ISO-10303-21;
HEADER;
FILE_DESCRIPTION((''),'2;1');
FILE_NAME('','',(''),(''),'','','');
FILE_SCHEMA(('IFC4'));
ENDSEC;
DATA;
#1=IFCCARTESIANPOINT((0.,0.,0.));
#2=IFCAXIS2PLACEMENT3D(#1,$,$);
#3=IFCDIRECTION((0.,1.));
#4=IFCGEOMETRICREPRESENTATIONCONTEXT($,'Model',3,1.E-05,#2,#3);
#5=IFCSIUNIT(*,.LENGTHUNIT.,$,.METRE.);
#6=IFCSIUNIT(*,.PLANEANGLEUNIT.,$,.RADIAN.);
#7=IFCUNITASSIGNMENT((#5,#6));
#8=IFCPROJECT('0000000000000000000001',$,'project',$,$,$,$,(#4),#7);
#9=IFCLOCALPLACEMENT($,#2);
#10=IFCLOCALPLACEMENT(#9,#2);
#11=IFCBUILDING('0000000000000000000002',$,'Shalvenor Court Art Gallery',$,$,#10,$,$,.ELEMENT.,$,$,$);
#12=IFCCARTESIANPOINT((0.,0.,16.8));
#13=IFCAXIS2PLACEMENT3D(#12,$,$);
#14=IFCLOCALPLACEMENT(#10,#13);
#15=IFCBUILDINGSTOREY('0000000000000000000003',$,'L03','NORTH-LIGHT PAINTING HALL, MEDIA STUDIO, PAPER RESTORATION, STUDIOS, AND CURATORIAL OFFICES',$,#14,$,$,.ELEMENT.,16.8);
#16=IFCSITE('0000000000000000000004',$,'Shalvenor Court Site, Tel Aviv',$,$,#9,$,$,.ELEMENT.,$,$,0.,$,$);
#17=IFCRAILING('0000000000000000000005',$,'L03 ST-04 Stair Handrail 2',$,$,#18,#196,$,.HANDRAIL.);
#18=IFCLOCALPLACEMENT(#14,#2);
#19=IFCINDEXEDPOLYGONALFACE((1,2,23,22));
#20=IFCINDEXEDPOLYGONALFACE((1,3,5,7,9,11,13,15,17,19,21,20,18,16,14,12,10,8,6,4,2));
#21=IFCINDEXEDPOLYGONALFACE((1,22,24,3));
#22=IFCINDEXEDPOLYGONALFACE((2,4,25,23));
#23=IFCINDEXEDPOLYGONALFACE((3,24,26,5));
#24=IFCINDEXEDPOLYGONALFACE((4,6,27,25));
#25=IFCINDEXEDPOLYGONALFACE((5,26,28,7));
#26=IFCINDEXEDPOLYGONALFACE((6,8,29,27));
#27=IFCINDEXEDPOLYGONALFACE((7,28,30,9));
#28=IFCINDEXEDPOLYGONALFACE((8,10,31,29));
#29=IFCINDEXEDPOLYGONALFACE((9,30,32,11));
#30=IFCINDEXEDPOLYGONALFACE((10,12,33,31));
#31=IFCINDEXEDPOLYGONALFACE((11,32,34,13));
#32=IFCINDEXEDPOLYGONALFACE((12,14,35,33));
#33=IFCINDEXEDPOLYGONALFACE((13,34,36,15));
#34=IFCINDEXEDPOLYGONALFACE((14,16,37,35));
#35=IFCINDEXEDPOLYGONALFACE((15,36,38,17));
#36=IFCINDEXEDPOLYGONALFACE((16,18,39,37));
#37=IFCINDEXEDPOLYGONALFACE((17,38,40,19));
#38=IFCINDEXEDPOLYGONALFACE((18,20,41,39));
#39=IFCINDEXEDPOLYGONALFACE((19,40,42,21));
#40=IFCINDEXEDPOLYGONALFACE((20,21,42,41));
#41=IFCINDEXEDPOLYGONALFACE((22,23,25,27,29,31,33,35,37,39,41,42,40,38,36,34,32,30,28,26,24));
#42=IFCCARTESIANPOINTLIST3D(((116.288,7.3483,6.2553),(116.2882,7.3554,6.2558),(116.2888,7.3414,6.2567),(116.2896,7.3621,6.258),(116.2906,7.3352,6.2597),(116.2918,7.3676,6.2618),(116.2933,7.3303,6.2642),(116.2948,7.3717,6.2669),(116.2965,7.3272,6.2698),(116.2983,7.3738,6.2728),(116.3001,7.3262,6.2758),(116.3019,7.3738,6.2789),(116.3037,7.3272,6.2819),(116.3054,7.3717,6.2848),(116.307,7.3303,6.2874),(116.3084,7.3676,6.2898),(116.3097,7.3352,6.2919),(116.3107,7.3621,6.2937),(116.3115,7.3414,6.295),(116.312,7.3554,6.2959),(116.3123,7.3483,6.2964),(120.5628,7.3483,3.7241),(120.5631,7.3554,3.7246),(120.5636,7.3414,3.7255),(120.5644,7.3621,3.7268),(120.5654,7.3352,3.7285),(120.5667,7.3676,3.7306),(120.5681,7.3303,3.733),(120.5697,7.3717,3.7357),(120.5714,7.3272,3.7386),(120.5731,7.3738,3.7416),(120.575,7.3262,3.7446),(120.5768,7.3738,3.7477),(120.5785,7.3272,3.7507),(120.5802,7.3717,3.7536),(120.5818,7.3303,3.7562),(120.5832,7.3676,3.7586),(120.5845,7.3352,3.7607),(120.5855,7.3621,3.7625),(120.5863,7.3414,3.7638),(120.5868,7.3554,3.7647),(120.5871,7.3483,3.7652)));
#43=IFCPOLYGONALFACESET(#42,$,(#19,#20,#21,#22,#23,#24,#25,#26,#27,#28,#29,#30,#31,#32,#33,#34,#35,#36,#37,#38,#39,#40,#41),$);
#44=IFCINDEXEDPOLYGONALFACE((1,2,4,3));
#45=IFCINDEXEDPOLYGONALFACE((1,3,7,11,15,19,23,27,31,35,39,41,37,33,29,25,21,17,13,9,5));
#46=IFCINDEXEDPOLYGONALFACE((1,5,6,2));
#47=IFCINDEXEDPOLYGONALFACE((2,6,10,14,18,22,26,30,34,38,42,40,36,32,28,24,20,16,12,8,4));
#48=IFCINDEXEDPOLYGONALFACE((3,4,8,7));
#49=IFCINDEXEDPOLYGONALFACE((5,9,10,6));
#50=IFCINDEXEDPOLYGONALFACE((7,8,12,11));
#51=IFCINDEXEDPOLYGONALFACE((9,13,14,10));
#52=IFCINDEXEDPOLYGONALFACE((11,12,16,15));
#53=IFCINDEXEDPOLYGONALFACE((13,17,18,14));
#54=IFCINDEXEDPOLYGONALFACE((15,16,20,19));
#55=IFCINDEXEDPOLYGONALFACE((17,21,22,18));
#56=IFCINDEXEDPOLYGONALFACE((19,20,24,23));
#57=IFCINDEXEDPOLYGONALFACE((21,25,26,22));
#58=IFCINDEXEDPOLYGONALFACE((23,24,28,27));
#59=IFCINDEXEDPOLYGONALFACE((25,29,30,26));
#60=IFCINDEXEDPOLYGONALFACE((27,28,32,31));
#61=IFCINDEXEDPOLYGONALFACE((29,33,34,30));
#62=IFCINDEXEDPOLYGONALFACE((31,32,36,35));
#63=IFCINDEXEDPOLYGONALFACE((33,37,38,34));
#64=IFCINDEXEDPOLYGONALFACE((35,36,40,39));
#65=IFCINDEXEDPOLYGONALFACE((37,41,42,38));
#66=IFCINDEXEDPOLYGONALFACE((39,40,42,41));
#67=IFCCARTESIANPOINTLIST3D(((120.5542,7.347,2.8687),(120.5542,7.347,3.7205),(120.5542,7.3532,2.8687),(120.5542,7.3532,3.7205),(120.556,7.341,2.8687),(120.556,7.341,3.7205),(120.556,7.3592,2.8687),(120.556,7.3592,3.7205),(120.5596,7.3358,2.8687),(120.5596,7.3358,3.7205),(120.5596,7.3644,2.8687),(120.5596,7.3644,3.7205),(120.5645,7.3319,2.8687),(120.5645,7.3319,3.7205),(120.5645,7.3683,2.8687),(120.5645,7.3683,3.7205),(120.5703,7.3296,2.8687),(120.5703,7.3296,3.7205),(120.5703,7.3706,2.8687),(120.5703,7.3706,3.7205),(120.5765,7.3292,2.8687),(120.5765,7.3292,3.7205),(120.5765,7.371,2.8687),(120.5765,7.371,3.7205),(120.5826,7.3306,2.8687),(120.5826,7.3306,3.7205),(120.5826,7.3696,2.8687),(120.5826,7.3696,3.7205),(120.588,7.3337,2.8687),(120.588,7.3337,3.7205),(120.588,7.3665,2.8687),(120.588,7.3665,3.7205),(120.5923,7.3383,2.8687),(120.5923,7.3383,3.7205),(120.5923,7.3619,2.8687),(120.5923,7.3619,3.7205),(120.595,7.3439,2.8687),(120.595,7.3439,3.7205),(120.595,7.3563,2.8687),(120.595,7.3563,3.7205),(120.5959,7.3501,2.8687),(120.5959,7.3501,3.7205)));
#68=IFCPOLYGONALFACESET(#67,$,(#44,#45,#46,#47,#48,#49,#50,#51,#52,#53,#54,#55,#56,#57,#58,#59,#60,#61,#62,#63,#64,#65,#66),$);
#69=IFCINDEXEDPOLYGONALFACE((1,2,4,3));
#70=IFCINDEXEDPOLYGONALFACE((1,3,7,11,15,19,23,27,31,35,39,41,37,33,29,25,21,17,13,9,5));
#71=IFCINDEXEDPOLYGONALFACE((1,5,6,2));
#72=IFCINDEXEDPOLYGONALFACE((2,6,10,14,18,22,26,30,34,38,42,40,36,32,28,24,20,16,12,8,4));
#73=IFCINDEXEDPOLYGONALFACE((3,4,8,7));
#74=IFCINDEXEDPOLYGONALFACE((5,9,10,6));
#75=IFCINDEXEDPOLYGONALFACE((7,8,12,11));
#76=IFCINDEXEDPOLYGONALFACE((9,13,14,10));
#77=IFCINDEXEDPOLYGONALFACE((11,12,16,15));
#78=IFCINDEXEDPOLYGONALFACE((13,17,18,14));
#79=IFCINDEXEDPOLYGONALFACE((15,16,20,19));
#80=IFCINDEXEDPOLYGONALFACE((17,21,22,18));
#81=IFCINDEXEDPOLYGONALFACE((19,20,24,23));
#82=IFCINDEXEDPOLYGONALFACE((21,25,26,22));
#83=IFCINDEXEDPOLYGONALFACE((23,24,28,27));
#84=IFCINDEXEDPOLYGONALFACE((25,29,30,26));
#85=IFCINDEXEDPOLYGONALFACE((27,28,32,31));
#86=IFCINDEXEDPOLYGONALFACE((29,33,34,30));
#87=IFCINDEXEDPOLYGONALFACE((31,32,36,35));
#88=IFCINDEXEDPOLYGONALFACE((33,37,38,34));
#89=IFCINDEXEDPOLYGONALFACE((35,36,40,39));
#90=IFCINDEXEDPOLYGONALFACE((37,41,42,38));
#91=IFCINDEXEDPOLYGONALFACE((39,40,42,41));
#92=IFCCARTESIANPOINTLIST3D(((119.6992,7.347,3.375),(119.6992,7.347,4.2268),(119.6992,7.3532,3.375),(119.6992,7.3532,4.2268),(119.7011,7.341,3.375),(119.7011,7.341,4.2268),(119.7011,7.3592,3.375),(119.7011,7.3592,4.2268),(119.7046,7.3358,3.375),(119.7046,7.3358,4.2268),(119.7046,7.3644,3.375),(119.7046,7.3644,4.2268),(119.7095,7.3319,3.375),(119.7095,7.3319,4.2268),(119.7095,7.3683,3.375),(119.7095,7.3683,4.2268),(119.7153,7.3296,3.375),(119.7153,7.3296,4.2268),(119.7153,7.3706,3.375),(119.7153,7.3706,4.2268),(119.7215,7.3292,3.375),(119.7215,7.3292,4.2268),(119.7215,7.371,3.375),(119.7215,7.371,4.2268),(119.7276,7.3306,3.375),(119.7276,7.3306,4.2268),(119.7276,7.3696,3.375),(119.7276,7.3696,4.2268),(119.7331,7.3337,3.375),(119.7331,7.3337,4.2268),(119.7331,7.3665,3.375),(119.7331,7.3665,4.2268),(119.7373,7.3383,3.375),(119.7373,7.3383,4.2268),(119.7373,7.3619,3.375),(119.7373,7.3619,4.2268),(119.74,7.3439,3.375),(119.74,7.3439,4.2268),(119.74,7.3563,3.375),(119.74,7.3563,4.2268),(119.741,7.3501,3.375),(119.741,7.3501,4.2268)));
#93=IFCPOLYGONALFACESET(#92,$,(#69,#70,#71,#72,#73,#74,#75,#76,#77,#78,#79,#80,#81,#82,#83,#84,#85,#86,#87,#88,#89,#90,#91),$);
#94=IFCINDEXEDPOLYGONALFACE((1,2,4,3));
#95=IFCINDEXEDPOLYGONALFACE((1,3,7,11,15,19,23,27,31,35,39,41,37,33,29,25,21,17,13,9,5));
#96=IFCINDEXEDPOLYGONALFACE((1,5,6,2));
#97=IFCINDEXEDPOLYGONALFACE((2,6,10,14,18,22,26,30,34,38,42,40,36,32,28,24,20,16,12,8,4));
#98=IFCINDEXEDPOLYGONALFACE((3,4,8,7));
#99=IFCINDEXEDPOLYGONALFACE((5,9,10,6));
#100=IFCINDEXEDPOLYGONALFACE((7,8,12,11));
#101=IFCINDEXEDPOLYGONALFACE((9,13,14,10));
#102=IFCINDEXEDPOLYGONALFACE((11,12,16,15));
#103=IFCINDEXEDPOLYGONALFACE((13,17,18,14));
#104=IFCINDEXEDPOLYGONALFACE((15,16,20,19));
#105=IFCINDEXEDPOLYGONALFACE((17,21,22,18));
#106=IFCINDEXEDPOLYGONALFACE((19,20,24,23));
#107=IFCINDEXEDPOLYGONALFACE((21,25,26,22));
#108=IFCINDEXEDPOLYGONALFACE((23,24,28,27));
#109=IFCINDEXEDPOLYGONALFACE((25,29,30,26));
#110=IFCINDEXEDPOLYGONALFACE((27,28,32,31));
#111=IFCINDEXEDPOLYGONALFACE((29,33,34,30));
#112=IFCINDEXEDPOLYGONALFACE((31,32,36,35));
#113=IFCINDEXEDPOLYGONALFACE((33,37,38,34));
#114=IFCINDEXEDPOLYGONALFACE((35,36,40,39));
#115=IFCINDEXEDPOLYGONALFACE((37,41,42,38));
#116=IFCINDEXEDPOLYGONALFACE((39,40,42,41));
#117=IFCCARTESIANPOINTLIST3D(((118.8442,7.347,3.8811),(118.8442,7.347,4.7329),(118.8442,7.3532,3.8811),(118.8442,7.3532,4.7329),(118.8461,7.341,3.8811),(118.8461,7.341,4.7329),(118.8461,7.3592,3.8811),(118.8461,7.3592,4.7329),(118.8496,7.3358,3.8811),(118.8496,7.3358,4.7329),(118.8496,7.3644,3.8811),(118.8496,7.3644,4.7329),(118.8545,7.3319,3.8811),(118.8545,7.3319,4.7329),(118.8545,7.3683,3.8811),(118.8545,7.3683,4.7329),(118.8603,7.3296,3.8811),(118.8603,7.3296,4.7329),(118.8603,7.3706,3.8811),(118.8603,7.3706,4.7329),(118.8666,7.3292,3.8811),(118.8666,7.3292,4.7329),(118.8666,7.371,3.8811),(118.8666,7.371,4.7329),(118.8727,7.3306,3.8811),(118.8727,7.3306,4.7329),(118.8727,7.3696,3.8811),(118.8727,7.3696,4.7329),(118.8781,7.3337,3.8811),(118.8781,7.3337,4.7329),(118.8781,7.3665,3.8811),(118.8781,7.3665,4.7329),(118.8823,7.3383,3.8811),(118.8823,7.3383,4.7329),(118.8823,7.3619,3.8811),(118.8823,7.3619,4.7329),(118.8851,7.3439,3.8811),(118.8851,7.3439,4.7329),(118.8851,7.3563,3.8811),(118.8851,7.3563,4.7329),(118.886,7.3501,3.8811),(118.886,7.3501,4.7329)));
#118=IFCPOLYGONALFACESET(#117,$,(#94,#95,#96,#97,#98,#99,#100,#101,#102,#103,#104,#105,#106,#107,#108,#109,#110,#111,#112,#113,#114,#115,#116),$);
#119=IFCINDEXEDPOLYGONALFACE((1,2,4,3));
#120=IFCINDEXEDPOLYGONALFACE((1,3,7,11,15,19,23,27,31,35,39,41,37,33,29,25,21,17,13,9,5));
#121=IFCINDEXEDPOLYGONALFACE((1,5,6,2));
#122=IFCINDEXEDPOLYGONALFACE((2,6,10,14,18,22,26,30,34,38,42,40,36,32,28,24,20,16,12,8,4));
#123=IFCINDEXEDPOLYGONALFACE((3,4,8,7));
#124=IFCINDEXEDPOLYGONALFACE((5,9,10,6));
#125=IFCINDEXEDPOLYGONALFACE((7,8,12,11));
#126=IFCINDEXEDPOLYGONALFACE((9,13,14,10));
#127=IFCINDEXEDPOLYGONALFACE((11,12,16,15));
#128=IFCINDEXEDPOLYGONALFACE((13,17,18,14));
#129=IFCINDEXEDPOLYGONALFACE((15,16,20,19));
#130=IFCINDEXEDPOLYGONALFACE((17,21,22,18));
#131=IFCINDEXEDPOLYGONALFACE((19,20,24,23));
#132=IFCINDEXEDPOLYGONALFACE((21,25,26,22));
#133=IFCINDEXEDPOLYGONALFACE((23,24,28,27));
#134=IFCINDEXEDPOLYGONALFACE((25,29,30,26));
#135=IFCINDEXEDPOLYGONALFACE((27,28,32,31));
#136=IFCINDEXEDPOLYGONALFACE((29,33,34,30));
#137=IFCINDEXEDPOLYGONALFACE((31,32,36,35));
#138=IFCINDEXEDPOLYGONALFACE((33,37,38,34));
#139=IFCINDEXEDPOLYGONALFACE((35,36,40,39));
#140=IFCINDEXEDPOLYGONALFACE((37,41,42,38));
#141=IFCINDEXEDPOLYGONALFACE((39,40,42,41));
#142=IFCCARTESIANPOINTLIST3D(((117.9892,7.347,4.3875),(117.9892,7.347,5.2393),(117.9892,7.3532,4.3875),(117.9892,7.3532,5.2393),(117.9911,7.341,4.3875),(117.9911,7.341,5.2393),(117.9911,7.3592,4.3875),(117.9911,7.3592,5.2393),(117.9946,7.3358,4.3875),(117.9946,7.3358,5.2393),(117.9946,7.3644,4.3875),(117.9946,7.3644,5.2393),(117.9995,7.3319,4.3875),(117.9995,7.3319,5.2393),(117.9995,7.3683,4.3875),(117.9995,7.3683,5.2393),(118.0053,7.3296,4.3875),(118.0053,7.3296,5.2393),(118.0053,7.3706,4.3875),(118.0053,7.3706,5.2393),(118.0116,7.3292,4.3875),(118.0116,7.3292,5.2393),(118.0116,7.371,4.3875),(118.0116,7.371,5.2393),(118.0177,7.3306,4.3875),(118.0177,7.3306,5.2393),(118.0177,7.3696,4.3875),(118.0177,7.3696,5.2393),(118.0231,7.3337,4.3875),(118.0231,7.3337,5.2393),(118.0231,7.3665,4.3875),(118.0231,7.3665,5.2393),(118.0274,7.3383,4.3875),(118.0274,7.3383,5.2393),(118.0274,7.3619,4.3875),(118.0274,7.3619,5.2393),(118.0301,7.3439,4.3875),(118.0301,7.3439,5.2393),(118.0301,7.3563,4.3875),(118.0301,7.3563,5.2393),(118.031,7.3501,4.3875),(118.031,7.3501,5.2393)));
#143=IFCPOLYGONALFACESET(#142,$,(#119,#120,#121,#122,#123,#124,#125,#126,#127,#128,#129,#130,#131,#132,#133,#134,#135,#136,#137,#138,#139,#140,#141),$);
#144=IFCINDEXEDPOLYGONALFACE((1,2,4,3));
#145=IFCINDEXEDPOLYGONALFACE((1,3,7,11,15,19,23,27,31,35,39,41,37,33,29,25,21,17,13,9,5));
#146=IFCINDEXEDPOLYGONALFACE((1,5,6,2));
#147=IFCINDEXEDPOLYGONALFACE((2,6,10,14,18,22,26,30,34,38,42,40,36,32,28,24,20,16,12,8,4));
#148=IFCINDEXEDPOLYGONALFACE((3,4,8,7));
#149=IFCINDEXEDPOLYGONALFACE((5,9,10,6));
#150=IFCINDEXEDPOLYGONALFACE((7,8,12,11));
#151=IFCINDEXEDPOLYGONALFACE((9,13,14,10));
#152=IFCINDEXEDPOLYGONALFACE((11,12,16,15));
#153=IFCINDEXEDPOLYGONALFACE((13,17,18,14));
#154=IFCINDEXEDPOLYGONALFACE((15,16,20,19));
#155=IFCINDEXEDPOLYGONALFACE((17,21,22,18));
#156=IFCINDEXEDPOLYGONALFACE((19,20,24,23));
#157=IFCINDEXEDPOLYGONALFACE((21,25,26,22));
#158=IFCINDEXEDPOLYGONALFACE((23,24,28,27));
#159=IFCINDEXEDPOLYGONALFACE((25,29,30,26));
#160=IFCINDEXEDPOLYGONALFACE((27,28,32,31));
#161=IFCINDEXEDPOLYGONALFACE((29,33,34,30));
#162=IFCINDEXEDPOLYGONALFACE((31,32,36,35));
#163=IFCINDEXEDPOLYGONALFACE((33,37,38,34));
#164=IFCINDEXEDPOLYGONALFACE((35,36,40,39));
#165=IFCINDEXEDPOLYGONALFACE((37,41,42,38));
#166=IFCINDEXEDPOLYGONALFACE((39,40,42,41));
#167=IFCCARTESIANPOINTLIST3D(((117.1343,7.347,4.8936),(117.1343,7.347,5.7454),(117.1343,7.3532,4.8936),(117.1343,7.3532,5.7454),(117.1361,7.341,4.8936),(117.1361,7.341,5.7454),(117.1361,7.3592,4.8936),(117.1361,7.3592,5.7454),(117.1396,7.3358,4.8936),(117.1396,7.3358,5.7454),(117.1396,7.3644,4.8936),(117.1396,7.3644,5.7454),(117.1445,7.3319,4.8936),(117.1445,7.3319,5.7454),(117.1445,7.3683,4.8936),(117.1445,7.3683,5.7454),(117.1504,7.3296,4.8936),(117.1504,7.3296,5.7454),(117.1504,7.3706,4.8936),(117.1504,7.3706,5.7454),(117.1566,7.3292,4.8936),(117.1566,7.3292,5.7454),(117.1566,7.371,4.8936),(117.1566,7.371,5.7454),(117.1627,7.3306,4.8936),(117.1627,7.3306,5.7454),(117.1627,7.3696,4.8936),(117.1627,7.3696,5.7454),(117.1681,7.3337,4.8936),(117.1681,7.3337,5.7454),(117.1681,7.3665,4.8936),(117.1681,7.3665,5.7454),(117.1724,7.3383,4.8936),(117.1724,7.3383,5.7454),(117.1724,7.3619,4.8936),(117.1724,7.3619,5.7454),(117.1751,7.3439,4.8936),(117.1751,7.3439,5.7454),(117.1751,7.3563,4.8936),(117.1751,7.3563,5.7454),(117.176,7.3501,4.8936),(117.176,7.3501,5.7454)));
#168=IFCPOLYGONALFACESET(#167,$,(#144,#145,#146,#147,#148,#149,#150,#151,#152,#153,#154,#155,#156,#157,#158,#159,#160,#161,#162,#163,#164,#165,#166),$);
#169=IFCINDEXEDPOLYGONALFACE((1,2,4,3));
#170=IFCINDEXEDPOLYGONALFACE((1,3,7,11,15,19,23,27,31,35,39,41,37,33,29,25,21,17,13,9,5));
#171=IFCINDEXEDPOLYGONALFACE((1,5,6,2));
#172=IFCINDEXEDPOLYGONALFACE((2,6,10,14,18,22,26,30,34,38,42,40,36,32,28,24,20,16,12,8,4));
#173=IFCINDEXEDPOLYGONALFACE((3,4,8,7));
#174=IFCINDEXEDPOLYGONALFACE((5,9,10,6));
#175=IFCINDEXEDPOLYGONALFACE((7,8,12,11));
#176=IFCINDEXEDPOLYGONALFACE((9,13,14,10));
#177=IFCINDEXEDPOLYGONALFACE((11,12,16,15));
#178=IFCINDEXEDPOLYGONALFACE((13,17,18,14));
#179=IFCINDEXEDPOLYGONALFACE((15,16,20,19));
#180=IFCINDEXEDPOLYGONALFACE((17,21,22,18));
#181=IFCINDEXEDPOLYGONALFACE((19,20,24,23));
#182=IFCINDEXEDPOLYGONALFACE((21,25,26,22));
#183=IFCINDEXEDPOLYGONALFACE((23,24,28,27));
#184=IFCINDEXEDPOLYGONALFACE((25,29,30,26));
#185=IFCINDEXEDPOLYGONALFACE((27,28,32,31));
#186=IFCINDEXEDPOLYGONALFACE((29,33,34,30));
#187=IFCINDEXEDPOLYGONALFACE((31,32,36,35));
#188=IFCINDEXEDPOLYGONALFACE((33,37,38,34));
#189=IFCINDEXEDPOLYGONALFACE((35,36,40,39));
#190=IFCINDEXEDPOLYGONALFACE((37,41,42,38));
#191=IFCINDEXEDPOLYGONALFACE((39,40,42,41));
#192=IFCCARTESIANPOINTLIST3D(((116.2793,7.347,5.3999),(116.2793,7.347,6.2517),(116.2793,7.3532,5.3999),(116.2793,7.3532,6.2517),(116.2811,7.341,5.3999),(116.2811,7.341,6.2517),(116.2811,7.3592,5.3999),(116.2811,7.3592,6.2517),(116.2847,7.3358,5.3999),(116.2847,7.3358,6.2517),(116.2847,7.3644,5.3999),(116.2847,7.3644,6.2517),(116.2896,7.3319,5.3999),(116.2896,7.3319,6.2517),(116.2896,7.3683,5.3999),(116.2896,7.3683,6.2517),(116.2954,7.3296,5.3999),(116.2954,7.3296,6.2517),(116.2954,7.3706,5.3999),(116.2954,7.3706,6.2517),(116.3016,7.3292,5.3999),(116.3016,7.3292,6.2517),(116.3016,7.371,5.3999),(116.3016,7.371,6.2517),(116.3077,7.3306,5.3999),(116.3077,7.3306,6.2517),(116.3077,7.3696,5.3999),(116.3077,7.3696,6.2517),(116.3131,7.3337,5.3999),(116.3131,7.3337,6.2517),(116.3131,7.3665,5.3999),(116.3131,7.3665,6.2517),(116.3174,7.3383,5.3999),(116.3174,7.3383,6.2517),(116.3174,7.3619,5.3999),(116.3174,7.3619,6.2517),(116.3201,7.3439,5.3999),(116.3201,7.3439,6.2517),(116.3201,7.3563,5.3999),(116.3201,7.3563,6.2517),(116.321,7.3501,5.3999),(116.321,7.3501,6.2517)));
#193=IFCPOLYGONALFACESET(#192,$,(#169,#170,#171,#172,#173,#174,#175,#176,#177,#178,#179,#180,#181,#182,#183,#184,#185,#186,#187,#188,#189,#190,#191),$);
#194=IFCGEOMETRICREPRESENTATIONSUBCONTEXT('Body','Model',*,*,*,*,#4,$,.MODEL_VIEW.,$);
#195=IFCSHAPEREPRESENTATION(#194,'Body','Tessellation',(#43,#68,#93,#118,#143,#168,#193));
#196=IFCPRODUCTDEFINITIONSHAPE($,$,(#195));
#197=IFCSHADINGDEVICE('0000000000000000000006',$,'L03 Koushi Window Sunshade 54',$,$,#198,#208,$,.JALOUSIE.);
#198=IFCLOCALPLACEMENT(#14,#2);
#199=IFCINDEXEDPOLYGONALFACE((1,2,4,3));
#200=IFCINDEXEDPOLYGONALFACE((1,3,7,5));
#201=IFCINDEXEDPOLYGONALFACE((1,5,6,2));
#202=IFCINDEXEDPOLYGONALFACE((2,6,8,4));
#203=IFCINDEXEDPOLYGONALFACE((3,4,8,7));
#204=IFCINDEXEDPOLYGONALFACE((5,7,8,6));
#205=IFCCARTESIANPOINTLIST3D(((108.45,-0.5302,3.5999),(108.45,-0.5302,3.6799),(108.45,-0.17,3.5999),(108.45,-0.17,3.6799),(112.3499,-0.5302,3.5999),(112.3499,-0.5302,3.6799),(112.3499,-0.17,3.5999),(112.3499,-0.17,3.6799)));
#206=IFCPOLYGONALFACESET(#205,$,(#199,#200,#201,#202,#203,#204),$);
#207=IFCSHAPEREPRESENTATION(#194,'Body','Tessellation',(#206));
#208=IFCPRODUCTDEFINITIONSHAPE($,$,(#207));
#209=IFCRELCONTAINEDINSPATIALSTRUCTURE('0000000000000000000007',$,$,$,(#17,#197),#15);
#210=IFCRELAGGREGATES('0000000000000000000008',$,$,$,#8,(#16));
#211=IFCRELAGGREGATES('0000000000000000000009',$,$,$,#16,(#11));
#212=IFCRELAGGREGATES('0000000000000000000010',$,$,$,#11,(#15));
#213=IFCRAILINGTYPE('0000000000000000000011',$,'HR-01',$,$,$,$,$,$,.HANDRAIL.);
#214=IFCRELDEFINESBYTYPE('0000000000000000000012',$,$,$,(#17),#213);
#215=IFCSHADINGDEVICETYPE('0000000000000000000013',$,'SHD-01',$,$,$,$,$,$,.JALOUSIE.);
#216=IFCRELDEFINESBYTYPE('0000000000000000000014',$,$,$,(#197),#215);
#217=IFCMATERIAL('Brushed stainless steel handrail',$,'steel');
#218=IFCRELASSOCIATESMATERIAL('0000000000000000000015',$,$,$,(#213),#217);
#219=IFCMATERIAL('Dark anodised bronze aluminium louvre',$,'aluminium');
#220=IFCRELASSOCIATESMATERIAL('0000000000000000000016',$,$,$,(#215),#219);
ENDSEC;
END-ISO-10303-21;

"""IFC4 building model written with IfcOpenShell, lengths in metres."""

from ifc_helpers import new_model, si_unit, direction, frame, origin, origin_2d, place, context, subcontext, project, spatial, rectangle, circle, extrude, material, type_object, element, save


model = new_model("IFC4")

# Units and contexts
model_context = context("Model", 3, precision=1e-05, world=origin(), true_north=direction((0.0, 1.0)))
body_context = subcontext(model_context, "Body", "Model", "MODEL_VIEW")
ifc_project = project(units=[si_unit("LENGTHUNIT", "METRE"), si_unit("PLANEANGLEUNIT", "RADIAN")], contexts=[model_context])

# Site, building, storey
site_placement = place(None, origin())
site = spatial("IfcSite", under=ifc_project, at=site_placement, Name="Shalvenor Court Site, Tel Aviv", CompositionType="ELEMENT", RefElevation=0.0)
building_placement = place(site_placement, origin())
building = spatial("IfcBuilding", under=site, at=building_placement, Name="Shalvenor Court Art Gallery", CompositionType="ELEMENT")
storey_placement = place(building_placement, frame((0.0, 0.0, 16.8)))
storey = spatial("IfcBuildingStorey", under=building, at=storey_placement, Name="L03", Description="NORTH-LIGHT PAINTING HALL, MEDIA STUDIO, PAPER RESTORATION, STUDIOS, AND CURATORIAL OFFICES", CompositionType="ELEMENT", Elevation=16.8)

# Railing
ifc_material_1 = material(Name="Brushed stainless steel handrail", Category="steel")
railing_type_1 = type_object("IfcRailingType", Name="HR-01", PredefinedType="HANDRAIL", material=ifc_material_1)
railing_1_placement = place(storey_placement, frame((120.575, 7.3501, 2.8687)))
element("IfcRailing", 1, at=railing_1_placement, inside=storey, type_object=railing_type_1, Name="L03 ST-04 Stair Handrail 2", PredefinedType="HANDRAIL", context=body_context, shape_type="SweptSolid", body=[
    extrude(circle(Radius=0.0239, at=origin_2d()), frame((0.0, 0.0, 0.876), z_axis=(-0.86047, 0.0, 0.509501), x_axis=(0.0, -1.0, 0.0)), (0.0, 0.0, 1.0), 4.968),
    extrude(circle(Radius=0.021, at=origin_2d()), origin(), (0.0, 0.0, 1.0), 0.8518),
    extrude(circle(Radius=0.021, at=origin_2d()), frame((-0.855, 0.0, 0.5063)), (0.0, 0.0, 1.0), 0.8518),
    extrude(circle(Radius=0.021, at=origin_2d()), frame((-1.71, 0.0, 1.0125)), (0.0, 0.0, 1.0), 0.8518),
    extrude(circle(Radius=0.021, at=origin_2d()), frame((-2.5649, 0.0, 1.5188)), (0.0, 0.0, 1.0), 0.8518),
    extrude(circle(Radius=0.021, at=origin_2d()), frame((-3.4199, 0.0, 2.0249)), (0.0, 0.0, 1.0), 0.8518),
    extrude(circle(Radius=0.021, at=origin_2d()), frame((-4.2749, 0.0, 2.5312)), (0.0, 0.0, 1.0), 0.8518),
])

# Shading device
ifc_material_2 = material(Name="Dark anodised bronze aluminium louvre", Category="aluminium")
shading_device_type = type_object("IfcShadingDeviceType", Name="SHD-01", PredefinedType="JALOUSIE", material=ifc_material_2)
shading_device_placement = place(storey_placement, frame((110.3999, -0.3501, 3.5999), z_axis=(0.0, 0.0, 1.0), x_axis=(-1.0, 0.0, 0.0)))
element("IfcShadingDevice", 2, at=shading_device_placement, inside=storey, type_object=shading_device_type, Name="L03 Koushi Window Sunshade 54", PredefinedType="JALOUSIE", context=body_context, shape_type="SweptSolid", body=[
    extrude(rectangle(XDim=3.8999, YDim=0.3601, at=origin_2d()), origin(), (0.0, 0.0, 1.0), 0.0801),
])

save(model, "model.ifc")
